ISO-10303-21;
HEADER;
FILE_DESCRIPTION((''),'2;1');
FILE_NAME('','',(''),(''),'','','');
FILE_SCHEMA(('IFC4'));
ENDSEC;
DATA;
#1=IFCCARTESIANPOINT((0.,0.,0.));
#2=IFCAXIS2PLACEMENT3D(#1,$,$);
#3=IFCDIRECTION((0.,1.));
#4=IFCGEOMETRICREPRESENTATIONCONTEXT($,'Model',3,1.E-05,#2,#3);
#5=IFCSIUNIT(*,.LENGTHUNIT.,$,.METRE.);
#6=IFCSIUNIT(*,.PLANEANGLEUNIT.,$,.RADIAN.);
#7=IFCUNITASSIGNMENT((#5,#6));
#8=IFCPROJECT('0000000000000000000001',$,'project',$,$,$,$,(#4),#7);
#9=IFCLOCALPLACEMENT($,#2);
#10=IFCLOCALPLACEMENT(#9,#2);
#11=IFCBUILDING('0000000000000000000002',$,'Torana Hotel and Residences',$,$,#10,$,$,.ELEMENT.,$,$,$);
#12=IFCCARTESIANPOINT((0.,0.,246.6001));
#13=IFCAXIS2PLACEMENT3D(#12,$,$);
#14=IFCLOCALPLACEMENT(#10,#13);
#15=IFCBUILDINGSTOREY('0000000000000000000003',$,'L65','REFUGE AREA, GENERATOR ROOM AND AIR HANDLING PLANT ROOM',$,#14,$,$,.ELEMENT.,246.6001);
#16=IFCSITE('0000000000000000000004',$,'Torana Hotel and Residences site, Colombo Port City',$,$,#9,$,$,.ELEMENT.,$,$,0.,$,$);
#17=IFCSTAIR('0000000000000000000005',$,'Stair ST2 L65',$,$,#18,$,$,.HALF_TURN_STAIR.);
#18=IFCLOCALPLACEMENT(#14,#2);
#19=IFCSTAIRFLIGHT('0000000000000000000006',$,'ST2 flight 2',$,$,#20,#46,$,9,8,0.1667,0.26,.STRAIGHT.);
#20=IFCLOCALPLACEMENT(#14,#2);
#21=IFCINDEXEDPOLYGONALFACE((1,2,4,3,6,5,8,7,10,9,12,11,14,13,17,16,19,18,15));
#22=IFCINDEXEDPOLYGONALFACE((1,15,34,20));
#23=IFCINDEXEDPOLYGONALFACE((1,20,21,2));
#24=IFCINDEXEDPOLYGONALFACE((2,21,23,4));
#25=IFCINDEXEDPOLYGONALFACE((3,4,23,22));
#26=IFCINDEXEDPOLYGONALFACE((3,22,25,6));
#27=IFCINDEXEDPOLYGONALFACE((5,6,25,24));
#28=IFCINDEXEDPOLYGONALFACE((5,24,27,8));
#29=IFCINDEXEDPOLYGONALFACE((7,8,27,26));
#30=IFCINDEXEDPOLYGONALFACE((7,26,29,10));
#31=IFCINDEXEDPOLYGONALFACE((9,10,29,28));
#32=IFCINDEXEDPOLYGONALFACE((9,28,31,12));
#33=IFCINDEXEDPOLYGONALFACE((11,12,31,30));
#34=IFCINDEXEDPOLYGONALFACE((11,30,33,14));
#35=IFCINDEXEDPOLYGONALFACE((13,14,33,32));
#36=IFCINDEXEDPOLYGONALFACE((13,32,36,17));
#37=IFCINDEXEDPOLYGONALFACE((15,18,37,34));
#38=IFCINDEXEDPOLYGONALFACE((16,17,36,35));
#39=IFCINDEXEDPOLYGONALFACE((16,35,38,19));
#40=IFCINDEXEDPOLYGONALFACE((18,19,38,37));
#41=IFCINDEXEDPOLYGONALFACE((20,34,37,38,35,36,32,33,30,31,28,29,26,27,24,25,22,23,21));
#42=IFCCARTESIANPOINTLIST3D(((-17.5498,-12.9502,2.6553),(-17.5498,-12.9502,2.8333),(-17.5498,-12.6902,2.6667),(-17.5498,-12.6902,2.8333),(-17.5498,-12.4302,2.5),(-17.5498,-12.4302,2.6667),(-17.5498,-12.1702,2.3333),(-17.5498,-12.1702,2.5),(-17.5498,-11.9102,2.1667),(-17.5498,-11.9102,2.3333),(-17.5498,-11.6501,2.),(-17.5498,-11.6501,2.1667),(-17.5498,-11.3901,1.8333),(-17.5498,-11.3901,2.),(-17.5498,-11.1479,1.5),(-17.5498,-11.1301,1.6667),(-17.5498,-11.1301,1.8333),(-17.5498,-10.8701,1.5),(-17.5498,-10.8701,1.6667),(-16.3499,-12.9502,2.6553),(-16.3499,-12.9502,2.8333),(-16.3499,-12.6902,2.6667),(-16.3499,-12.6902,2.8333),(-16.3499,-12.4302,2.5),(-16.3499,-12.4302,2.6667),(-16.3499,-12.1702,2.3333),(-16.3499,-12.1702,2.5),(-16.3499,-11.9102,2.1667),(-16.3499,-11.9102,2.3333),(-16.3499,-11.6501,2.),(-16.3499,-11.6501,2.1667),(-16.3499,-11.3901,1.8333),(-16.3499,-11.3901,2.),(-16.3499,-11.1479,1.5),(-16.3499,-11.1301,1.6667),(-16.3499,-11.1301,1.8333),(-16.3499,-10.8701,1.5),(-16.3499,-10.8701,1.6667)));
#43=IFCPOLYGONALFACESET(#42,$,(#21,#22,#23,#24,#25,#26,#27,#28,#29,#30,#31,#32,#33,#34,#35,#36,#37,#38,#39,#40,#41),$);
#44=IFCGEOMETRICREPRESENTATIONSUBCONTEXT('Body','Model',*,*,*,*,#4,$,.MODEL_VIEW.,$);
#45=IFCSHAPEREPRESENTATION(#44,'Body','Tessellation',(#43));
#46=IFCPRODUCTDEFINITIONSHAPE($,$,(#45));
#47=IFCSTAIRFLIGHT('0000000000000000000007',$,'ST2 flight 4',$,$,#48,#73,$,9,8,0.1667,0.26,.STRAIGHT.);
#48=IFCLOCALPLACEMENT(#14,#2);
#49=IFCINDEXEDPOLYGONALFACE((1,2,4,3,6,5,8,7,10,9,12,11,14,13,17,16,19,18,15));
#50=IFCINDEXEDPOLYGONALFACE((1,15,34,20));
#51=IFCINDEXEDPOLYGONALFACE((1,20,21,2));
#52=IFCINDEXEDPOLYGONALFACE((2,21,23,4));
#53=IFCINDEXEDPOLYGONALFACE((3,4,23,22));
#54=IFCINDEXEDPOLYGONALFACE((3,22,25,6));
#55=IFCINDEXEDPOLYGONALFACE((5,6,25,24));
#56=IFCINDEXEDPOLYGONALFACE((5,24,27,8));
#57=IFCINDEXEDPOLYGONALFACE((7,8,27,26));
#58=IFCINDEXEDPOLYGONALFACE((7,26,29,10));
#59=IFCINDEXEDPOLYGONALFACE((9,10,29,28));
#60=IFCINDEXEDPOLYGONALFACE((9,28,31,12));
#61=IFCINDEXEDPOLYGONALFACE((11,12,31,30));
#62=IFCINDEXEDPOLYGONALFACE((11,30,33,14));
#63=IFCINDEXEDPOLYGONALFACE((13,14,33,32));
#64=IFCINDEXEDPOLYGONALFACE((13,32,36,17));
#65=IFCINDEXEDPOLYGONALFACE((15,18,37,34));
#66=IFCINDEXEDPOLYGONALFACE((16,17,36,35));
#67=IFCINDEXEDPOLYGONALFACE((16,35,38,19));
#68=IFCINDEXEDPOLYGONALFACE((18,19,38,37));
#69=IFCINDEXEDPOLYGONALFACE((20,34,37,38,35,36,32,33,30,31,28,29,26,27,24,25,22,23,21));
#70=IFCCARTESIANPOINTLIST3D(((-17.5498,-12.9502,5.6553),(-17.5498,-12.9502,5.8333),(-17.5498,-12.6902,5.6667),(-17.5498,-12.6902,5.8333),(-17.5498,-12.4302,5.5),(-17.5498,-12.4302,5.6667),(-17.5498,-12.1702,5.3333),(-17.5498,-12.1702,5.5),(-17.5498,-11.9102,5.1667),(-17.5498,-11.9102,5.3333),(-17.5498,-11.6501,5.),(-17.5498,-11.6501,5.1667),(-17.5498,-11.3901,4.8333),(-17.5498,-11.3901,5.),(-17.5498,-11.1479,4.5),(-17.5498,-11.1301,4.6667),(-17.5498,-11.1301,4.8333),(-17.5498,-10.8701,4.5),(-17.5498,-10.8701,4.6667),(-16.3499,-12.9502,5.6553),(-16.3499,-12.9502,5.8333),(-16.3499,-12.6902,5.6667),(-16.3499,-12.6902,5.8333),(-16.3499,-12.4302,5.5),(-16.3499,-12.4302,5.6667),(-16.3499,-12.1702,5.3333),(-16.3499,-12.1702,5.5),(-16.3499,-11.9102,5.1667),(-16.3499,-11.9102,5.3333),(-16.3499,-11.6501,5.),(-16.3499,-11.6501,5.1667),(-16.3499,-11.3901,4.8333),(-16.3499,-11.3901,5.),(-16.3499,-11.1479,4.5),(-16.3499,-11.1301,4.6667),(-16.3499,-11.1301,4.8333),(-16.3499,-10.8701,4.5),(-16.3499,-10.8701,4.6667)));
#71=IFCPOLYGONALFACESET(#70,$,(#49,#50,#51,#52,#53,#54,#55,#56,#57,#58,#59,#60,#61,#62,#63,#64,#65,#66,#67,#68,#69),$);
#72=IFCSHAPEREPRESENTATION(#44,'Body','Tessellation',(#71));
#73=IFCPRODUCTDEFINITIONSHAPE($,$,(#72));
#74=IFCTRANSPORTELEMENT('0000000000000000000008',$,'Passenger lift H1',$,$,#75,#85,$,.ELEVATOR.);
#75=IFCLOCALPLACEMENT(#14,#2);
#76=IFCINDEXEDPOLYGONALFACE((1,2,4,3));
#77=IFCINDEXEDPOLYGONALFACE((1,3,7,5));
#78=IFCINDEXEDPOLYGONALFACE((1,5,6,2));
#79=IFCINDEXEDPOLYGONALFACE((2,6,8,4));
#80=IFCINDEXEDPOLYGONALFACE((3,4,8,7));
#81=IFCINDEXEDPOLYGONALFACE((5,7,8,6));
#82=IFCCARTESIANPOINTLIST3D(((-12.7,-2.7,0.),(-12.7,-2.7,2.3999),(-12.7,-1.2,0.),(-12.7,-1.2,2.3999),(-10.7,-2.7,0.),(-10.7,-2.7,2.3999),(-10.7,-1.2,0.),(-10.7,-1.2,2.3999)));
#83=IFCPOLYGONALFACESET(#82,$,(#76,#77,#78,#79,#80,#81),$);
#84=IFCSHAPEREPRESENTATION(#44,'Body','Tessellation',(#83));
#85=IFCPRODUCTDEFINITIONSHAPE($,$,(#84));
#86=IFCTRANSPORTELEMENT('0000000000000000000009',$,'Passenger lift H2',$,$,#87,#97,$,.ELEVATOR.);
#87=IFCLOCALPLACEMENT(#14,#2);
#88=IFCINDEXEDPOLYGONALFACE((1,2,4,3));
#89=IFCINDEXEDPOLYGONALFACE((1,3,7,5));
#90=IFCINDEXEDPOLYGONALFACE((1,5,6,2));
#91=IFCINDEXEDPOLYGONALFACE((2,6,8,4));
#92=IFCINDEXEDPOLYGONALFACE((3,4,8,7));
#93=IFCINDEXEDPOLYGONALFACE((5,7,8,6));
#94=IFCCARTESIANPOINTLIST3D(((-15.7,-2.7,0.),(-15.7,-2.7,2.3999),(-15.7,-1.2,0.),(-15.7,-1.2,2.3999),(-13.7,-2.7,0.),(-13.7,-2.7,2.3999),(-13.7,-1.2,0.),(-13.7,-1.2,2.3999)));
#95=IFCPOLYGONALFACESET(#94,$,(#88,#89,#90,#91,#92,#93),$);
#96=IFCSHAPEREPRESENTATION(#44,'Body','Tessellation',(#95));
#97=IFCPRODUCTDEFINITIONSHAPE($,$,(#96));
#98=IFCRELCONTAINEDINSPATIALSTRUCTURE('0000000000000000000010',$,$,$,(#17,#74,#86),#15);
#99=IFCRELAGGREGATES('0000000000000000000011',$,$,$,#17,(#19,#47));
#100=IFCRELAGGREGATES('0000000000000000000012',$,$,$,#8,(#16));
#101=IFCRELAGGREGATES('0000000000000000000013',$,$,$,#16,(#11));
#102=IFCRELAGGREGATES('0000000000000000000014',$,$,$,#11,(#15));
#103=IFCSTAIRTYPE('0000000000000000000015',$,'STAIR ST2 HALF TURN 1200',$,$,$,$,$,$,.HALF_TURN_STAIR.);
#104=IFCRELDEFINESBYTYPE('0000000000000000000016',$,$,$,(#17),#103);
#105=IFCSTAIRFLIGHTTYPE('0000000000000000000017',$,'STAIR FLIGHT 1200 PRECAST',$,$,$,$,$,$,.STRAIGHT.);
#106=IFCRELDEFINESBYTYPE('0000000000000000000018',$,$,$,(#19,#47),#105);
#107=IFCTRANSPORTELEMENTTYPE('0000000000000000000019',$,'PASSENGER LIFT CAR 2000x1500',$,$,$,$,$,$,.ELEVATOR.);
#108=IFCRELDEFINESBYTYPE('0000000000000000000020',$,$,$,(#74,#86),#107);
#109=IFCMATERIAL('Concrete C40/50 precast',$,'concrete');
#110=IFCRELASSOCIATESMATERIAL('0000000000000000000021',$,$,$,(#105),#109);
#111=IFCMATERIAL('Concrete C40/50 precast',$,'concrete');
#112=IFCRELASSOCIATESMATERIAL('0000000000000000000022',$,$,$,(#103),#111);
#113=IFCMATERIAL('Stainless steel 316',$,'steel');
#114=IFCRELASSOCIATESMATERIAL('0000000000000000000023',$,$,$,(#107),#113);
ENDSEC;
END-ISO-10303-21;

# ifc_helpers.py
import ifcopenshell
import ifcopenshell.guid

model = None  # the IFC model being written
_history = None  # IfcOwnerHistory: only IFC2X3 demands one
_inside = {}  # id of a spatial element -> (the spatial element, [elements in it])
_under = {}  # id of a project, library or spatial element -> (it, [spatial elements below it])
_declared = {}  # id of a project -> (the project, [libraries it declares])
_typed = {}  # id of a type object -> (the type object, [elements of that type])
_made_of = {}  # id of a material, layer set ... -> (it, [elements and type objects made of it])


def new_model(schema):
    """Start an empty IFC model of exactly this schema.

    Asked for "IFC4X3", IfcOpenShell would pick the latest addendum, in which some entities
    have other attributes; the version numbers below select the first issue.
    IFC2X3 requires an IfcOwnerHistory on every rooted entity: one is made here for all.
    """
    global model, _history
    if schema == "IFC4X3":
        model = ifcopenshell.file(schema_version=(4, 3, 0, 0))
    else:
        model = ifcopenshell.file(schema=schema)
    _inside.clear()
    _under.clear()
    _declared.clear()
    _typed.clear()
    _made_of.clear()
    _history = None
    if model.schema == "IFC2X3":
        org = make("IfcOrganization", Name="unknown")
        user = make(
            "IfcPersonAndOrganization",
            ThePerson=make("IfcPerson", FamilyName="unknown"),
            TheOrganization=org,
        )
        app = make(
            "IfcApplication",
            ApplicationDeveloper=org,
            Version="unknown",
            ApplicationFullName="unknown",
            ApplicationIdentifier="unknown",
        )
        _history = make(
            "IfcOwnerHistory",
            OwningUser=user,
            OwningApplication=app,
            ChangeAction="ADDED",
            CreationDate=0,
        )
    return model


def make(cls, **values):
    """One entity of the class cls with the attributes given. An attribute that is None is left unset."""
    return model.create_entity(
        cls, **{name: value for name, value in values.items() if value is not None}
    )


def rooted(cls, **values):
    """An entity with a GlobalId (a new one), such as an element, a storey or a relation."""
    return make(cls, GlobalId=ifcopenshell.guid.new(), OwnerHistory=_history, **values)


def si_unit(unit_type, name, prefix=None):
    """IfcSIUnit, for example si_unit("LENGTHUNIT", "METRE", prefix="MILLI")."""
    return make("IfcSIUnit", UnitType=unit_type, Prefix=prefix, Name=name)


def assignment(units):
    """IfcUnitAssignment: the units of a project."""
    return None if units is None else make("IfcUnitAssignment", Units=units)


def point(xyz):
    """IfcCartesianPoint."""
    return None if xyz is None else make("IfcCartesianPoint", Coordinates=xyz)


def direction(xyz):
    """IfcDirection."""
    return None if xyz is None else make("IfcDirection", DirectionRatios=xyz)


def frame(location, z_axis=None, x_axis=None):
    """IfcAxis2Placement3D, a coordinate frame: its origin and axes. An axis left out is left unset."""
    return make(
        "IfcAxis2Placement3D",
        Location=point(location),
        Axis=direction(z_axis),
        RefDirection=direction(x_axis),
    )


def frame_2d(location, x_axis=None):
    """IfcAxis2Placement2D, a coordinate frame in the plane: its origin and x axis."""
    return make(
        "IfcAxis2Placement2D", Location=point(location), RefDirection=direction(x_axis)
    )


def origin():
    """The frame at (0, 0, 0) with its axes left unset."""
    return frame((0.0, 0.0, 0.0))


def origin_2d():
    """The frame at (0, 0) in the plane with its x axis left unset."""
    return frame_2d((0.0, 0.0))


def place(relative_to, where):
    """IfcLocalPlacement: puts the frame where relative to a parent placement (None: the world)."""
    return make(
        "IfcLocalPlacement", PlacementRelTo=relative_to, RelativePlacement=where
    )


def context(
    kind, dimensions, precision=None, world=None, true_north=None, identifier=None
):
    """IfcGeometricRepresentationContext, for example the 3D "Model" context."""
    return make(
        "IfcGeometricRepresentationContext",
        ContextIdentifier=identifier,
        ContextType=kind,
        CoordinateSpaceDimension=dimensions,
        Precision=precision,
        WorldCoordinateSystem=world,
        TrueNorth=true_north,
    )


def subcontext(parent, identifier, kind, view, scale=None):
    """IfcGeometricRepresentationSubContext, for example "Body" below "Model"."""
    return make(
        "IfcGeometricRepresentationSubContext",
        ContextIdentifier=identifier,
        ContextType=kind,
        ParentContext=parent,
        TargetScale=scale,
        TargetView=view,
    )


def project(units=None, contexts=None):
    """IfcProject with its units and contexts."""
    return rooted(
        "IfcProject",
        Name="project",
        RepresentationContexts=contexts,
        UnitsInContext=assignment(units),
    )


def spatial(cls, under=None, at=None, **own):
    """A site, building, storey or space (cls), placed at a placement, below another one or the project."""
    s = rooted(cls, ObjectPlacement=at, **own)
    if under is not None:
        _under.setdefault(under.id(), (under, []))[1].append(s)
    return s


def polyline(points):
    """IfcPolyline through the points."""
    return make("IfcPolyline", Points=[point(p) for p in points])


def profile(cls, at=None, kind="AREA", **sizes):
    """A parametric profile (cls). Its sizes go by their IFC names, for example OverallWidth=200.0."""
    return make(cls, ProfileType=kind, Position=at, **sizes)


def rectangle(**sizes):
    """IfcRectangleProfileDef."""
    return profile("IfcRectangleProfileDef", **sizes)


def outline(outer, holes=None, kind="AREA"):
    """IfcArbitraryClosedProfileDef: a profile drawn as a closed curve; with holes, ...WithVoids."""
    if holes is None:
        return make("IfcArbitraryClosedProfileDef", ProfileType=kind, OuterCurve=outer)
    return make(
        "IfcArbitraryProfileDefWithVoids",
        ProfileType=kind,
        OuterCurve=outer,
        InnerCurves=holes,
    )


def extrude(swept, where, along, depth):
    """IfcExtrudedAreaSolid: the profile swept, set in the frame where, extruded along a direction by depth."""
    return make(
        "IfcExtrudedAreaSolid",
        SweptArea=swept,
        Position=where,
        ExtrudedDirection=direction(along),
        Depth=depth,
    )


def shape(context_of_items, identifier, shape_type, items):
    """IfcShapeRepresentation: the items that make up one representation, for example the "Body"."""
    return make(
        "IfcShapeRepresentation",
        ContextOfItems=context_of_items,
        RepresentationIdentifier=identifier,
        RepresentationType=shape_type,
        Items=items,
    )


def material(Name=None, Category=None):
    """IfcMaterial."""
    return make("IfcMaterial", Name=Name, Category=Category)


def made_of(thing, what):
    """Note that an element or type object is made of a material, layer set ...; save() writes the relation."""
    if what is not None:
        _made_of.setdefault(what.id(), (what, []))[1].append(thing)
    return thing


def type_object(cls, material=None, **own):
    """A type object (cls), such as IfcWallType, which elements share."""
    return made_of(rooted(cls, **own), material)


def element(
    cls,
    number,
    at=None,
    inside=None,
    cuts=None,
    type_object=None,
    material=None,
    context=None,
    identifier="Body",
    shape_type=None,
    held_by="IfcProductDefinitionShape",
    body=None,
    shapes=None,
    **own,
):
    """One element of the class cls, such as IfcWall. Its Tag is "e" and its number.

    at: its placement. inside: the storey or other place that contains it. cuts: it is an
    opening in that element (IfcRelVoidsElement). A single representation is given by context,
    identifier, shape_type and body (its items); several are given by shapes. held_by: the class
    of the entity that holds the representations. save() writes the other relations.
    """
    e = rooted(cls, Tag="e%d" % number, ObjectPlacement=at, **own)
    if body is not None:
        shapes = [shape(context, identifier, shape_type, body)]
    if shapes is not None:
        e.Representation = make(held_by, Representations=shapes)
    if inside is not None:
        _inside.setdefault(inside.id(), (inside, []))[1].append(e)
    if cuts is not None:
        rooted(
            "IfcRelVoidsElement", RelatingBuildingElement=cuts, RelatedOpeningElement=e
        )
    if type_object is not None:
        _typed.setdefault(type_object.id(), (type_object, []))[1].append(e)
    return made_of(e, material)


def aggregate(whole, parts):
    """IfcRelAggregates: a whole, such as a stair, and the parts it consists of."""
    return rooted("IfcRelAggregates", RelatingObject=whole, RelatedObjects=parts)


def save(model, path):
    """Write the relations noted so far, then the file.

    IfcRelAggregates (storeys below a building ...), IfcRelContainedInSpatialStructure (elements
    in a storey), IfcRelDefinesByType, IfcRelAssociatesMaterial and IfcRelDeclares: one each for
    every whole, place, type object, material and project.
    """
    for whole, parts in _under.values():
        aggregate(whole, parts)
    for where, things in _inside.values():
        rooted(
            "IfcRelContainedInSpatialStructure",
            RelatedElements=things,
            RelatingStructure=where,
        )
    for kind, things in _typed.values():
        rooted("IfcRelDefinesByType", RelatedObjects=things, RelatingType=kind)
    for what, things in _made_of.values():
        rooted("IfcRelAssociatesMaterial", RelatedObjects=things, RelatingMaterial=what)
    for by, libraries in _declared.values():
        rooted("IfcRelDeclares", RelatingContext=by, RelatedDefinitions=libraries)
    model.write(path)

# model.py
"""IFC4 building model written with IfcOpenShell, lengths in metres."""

from ifc_helpers import new_model, si_unit, direction, frame, origin, origin_2d, place, context, subcontext, project, spatial, polyline, rectangle, outline, extrude, material, type_object, element, aggregate, save


model = new_model("IFC4")

# Units and contexts
model_context = context("Model", 3, precision=1e-05, world=origin(), true_north=direction((0.0, 1.0)))
body_context = subcontext(model_context, "Body", "Model", "MODEL_VIEW")
ifc_project = project(units=[si_unit("LENGTHUNIT", "METRE"), si_unit("PLANEANGLEUNIT", "RADIAN")], contexts=[model_context])

# Site, building, storey
site_placement = place(None, origin())
site = spatial("IfcSite", under=ifc_project, at=site_placement, Name="Torana Hotel and Residences site, Colombo Port City", CompositionType="ELEMENT", RefElevation=0.0)
building_placement = place(site_placement, origin())
building = spatial("IfcBuilding", under=site, at=building_placement, Name="Torana Hotel and Residences", CompositionType="ELEMENT")
storey_placement = place(building_placement, frame((0.0, 0.0, 246.6001)))
storey = spatial("IfcBuildingStorey", under=building, at=storey_placement, Name="L65", Description="REFUGE AREA, GENERATOR ROOM AND AIR HANDLING PLANT ROOM", CompositionType="ELEMENT", Elevation=246.6001)

# Stair, stair flights
ifc_material_1 = material(Name="Concrete C40/50 precast", Category="concrete")
stair_flight_type = type_object("IfcStairFlightType", Name="STAIR FLIGHT 1200 PRECAST", PredefinedType="STRAIGHT", material=ifc_material_1)
ifc_material_2 = material(Name="Concrete C40/50 precast", Category="concrete")
stair_type_1 = type_object("IfcStairType", Name="STAIR ST2 HALF TURN 1200", PredefinedType="HALF_TURN_STAIR", material=ifc_material_2)
stair_1_placement = place(storey_placement, origin())
stair_1 = element("IfcStair", 1, at=stair_1_placement, inside=storey, type_object=stair_type_1, Name="Stair ST2 L65", PredefinedType="HALF_TURN_STAIR")
stair_flight_1_placement = place(storey_placement, frame((-16.95, -10.8701, 1.5), z_axis=(0.0, 0.0, 1.0), x_axis=(0.0, -1.0, 0.0)))
stair_flight_1 = element("IfcStairFlight", 2, at=stair_flight_1_placement, type_object=stair_flight_type, Name="ST2 flight 2", NumberOfRisers=9, NumberOfTreads=8, PredefinedType="STRAIGHT", RiserHeight=0.1667, TreadLength=0.26, context=body_context, shape_type="SweptSolid", body=[
    extrude(outline(polyline([(0.0, 0.0), (0.0, 0.1667), (0.26, 0.1667), (0.26, 0.3333), (0.52, 0.3333), (0.52, 0.5), (0.78, 0.5), (0.78, 0.6667), (1.04, 0.6667), (1.04, 0.8333), (1.3, 0.8333), (1.3, 1.0), (1.5601, 1.0), (1.5601, 1.1667), (1.8201, 1.1667), (1.8201, 1.3333), (2.0801, 1.3333), (2.0801, 1.5), (2.0801, 1.1553), (0.2778, 0.0), (0.0, 0.0)])), frame((0.0, 0.6001, 0.0), z_axis=(0.0, -1.0, 0.0), x_axis=(1.0, 0.0, 0.0)), (0.0, 0.0, 1.0), 1.2),
])
stair_flight_2_placement = place(storey_placement, frame((-16.95, -10.8701, 4.5), z_axis=(0.0, 0.0, 1.0), x_axis=(0.0, -1.0, 0.0)))
stair_flight_2 = element("IfcStairFlight", 3, at=stair_flight_2_placement, type_object=stair_flight_type, Name="ST2 flight 4", NumberOfRisers=9, NumberOfTreads=8, PredefinedType="STRAIGHT", RiserHeight=0.1667, TreadLength=0.26, context=body_context, shape_type="SweptSolid", body=[
    extrude(outline(polyline([(0.0, 0.0), (0.0, 0.1667), (0.26, 0.1667), (0.26, 0.3333), (0.52, 0.3333), (0.52, 0.5), (0.78, 0.5), (0.78, 0.6667), (1.04, 0.6667), (1.04, 0.8333), (1.3, 0.8333), (1.3, 1.0), (1.5601, 1.0), (1.5601, 1.1667), (1.8201, 1.1667), (1.8201, 1.3333), (2.0801, 1.3333), (2.0801, 1.5), (2.0801, 1.1553), (0.2778, 0.0), (0.0, 0.0)])), frame((0.0, 0.6001, 0.0), z_axis=(0.0, -1.0, 0.0), x_axis=(1.0, 0.0, 0.0)), (0.0, 0.0, 1.0), 1.2),
])
aggregate(stair_1, [stair_flight_1, stair_flight_2])

# Transport elements
ifc_material_3 = material(Name="Stainless steel 316", Category="steel")
transport_element_type = type_object("IfcTransportElementType", Name="PASSENGER LIFT CAR 2000x1500", PredefinedType="ELEVATOR", material=ifc_material_3)
for number, where, z_axis, x_axis, name in (
    (4, (-11.7, -1.95, 0.0), (0.0, 0.0, 1.0), (1.0, 0.0, 0.0), "Passenger lift H1"),
    (5, (-14.7, -1.95, 0.0), (0.0, 0.0, 1.0), (1.0, 0.0, 0.0), "Passenger lift H2"),
):
    element("IfcTransportElement", number, at=place(storey_placement, frame(where, z_axis=z_axis, x_axis=x_axis)), inside=storey, type_object=transport_element_type, Name=name, PredefinedType="ELEVATOR", context=body_context, shape_type="SweptSolid", body=[
        extrude(rectangle(XDim=2.0, YDim=1.5, at=origin_2d()), origin(), (0.0, 0.0, 1.0), 2.3999),
    ])

save(model, "model.ifc")
